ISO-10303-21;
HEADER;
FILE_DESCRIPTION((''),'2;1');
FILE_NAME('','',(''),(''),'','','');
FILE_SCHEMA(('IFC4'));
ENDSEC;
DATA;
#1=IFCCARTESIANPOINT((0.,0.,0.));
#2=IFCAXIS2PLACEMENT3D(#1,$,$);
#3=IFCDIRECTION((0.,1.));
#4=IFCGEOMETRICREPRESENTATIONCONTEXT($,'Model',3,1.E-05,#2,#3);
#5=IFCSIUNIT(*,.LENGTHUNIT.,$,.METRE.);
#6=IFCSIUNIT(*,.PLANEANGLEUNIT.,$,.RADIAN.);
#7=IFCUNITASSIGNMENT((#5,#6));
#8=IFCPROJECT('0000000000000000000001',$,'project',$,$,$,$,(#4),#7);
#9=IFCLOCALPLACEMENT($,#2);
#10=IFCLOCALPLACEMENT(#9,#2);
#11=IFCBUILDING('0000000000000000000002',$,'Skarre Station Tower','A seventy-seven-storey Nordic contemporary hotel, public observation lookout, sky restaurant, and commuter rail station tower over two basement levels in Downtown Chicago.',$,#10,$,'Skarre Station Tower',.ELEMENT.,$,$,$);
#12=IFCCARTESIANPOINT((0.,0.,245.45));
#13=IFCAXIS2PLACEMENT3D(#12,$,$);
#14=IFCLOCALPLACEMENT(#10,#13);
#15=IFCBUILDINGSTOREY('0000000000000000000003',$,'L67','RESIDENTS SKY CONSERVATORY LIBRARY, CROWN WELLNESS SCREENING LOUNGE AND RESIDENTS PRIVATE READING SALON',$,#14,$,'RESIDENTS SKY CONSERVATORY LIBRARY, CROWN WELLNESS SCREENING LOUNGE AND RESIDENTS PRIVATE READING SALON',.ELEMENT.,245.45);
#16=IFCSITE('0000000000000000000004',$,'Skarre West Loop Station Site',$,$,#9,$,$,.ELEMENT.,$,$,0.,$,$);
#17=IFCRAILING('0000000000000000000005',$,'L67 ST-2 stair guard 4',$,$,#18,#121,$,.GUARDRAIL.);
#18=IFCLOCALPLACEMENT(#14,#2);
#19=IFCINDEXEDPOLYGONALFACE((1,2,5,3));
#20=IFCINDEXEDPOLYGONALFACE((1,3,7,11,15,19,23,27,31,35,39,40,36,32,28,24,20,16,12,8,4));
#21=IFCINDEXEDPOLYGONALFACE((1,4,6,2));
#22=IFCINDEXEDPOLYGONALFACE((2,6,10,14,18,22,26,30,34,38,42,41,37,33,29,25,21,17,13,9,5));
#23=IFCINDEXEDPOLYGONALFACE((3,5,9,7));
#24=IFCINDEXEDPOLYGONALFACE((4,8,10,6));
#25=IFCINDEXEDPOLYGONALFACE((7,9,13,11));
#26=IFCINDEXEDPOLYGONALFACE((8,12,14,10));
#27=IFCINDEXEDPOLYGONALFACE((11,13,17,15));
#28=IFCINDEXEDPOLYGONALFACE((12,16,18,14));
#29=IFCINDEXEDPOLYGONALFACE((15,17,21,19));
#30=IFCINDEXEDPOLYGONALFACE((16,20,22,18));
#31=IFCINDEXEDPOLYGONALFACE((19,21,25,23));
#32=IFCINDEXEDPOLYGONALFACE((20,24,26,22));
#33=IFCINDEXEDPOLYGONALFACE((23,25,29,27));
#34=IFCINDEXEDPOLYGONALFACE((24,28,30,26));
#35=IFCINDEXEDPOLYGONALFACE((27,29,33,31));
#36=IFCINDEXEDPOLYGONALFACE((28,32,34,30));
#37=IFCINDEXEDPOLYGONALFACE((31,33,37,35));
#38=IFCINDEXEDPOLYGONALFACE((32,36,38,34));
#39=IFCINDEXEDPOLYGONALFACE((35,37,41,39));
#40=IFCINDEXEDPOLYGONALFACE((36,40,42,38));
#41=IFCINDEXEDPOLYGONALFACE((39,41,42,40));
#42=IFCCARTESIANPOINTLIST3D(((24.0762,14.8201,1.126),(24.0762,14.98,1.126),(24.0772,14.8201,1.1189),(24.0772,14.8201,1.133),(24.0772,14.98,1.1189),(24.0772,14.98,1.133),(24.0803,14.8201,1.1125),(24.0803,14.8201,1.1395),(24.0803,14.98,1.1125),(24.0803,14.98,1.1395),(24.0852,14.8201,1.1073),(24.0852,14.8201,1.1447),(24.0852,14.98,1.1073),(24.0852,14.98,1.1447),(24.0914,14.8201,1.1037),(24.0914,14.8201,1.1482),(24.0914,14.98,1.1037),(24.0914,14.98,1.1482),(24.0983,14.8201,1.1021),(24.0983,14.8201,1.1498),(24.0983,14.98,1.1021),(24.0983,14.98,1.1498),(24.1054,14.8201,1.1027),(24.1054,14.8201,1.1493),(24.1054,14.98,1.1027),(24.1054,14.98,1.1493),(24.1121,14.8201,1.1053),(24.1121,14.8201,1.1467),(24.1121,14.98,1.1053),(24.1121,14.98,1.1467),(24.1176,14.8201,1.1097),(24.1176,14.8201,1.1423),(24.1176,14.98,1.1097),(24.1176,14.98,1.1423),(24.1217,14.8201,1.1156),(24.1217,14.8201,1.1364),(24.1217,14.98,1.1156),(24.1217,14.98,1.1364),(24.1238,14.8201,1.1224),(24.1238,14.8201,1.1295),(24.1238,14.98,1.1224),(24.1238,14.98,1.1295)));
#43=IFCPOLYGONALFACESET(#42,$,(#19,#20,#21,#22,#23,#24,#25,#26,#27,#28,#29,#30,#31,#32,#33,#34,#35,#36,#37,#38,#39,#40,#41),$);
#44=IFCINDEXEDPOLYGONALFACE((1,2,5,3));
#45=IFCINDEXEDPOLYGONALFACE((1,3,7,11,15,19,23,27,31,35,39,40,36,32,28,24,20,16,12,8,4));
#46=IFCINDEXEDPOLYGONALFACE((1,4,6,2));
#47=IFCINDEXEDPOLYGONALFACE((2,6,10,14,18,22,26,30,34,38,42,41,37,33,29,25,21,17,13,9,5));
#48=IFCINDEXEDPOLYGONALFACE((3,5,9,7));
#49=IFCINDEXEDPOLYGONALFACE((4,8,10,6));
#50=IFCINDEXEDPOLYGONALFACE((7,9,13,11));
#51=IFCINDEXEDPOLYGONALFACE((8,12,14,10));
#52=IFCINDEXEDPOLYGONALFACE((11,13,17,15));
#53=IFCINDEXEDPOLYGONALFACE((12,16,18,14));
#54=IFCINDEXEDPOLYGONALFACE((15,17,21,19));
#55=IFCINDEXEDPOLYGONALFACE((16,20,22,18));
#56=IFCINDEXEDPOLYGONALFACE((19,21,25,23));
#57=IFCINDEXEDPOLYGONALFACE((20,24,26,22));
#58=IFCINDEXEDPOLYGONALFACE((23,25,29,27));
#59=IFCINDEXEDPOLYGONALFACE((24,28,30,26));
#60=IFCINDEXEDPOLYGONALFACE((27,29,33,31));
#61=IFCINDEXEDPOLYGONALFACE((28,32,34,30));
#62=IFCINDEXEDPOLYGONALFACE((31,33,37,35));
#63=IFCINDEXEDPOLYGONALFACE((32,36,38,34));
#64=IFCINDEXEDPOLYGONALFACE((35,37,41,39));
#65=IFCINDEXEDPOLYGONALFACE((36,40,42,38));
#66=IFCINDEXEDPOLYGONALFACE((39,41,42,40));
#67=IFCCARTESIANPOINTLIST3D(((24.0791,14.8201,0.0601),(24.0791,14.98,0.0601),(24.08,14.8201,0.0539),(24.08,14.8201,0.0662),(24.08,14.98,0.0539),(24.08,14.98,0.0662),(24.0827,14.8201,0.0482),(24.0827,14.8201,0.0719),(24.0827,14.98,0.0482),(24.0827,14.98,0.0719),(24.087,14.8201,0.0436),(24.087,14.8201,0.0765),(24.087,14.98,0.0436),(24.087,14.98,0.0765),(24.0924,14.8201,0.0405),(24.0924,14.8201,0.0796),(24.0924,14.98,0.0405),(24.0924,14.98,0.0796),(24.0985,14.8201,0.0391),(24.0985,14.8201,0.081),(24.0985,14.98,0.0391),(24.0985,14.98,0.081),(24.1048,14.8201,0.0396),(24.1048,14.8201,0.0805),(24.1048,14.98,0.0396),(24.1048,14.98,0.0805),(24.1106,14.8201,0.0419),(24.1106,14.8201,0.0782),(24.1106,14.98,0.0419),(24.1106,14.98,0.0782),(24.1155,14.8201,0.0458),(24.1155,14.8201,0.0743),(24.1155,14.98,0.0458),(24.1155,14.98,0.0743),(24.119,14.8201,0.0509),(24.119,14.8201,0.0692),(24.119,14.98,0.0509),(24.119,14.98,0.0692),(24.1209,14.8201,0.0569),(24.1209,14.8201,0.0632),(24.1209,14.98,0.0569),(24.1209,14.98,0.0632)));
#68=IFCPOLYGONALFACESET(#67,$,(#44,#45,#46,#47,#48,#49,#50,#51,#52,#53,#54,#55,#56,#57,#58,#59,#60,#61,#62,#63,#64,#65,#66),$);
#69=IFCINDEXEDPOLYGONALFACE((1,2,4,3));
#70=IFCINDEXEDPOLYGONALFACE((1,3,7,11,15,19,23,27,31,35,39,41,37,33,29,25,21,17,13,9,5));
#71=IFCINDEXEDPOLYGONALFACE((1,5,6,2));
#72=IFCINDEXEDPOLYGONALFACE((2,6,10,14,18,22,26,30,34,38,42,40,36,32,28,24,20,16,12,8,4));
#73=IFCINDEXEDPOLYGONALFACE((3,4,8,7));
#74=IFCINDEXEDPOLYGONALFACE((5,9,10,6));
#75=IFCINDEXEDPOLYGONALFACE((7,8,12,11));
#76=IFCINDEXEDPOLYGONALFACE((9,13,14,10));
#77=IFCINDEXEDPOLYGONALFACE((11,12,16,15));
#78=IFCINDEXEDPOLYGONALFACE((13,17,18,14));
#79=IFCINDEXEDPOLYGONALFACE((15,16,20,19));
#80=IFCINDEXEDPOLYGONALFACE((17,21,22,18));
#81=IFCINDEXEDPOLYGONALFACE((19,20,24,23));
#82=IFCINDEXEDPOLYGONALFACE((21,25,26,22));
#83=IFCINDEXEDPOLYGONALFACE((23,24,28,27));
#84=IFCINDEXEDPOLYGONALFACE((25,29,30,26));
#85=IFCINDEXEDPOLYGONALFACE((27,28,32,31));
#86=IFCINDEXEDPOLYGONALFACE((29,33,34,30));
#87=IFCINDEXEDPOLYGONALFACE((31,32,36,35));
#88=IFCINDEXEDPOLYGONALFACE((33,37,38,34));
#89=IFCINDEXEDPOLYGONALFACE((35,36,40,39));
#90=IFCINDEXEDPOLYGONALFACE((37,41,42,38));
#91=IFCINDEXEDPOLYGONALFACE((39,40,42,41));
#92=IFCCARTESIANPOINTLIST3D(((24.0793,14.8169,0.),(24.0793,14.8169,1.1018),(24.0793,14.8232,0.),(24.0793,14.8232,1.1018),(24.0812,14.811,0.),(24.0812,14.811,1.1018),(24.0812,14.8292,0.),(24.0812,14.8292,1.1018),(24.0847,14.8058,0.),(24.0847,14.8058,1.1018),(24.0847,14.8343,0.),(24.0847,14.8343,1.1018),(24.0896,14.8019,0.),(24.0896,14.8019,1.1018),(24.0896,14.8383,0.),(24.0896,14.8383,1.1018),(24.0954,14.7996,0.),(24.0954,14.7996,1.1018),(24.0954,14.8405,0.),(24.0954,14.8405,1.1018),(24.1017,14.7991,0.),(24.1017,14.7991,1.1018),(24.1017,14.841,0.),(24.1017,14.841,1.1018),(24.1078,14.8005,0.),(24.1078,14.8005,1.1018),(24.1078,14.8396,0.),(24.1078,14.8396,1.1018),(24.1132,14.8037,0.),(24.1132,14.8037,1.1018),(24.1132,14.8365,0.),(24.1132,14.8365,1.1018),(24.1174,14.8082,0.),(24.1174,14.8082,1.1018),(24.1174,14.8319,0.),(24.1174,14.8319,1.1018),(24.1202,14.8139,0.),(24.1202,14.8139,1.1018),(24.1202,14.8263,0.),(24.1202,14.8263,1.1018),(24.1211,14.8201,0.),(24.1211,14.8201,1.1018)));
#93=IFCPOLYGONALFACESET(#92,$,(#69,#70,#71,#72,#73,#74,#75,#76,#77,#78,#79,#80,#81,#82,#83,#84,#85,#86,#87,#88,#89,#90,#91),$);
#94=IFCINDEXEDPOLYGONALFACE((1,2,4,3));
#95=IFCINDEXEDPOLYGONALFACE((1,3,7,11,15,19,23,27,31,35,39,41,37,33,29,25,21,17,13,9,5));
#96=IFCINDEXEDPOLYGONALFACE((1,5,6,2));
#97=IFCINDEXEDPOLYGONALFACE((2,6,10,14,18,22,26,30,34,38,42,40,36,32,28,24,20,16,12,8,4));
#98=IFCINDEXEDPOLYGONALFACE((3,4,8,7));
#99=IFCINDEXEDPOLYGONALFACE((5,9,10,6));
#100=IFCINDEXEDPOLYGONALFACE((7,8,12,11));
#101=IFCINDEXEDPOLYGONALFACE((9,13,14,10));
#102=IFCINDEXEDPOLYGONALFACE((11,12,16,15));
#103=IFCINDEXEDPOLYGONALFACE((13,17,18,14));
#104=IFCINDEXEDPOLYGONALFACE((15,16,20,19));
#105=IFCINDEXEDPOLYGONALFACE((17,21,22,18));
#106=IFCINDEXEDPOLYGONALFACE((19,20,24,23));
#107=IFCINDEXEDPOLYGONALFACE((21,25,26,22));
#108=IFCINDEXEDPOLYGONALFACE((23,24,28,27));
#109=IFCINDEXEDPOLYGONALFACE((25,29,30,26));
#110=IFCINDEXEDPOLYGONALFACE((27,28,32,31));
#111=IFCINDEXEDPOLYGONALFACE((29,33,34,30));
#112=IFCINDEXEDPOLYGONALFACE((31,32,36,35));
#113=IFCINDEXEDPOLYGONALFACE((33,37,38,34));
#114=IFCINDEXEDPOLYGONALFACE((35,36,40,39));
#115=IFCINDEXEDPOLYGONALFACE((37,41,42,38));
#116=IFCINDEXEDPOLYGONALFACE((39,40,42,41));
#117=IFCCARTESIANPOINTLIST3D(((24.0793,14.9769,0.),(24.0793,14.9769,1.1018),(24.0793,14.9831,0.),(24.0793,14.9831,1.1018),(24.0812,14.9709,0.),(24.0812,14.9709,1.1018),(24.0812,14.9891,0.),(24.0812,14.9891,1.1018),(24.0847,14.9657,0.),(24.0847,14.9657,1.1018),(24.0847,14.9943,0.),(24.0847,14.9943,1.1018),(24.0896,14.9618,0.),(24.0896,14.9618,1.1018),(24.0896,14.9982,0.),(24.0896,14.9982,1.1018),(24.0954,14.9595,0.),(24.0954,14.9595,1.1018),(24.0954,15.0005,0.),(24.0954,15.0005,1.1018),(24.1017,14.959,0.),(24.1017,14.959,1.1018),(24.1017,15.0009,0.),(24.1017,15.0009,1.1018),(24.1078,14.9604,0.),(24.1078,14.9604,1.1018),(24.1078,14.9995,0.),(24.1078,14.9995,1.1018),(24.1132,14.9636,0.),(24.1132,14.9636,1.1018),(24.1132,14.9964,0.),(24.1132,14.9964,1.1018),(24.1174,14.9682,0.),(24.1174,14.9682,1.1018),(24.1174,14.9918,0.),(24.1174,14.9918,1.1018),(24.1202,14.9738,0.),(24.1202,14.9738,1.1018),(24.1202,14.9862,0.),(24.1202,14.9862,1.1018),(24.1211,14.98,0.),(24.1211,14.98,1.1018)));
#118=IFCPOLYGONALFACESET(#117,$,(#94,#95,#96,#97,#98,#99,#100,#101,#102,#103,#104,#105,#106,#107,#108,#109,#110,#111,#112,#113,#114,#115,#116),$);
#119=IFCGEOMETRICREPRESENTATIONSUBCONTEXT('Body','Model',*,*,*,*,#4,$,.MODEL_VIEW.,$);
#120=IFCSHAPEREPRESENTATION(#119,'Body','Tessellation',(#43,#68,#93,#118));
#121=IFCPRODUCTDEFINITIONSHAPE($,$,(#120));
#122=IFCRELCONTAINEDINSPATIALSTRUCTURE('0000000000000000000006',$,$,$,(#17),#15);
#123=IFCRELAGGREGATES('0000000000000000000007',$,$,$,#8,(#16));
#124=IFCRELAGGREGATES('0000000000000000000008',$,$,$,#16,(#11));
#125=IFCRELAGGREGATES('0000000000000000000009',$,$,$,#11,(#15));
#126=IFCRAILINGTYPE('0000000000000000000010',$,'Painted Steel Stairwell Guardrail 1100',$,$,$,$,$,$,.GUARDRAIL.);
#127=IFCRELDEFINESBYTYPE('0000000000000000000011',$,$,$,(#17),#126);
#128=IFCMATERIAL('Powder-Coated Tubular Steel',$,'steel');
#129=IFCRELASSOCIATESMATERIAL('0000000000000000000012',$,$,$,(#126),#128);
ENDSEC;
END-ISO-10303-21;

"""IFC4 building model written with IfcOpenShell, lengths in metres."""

from ifc_helpers import new_model, si_unit, direction, frame, origin, origin_2d, place, context, subcontext, project, spatial, circle, extrude, material, type_object, element, save


model = new_model("IFC4")

# Units and contexts
model_context = context("Model", 3, precision=1e-05, world=origin(), true_north=direction((0.0, 1.0)))
body_context = subcontext(model_context, "Body", "Model", "MODEL_VIEW")
ifc_project = project(units=[si_unit("LENGTHUNIT", "METRE"), si_unit("PLANEANGLEUNIT", "RADIAN")], contexts=[model_context])

# Site, building, storey
site_placement = place(None, origin())
site = spatial("IfcSite", under=ifc_project, at=site_placement, Name="Skarre West Loop Station Site", CompositionType="ELEMENT", RefElevation=0.0)
building_placement = place(site_placement, origin())
building = spatial("IfcBuilding", under=site, at=building_placement, Name="Skarre Station Tower", Description="A seventy-seven-storey Nordic contemporary hotel, public observation lookout, sky restaurant, and commuter rail station tower over two basement levels in Downtown Chicago.", LongName="Skarre Station Tower", CompositionType="ELEMENT")
storey_placement = place(building_placement, frame((0.0, 0.0, 245.45)))
storey = spatial("IfcBuildingStorey", under=building, at=storey_placement, Name="L67", Description="RESIDENTS SKY CONSERVATORY LIBRARY, CROWN WELLNESS SCREENING LOUNGE AND RESIDENTS PRIVATE READING SALON", LongName="RESIDENTS SKY CONSERVATORY LIBRARY, CROWN WELLNESS SCREENING LOUNGE AND RESIDENTS PRIVATE READING SALON", CompositionType="ELEMENT", Elevation=245.45)

# Railing
ifc_material_1 = material(Name="Powder-Coated Tubular Steel", Category="steel")
railing_type_1 = type_object("IfcRailingType", Name="Painted Steel Stairwell Guardrail 1100", PredefinedType="GUARDRAIL", material=ifc_material_1)
railing_1_placement = place(storey_placement, frame((24.1001, 14.8201, 0.0)))
element("IfcRailing", 1, at=railing_1_placement, inside=storey, type_object=railing_type_1, Name="L67 ST-2 stair guard 4", PredefinedType="GUARDRAIL", context=body_context, shape_type="SweptSolid", body=[
    extrude(circle(Radius=0.0239, at=origin_2d()), frame((0.0, 0.0, 1.126), z_axis=(0.0, 1.0, 0.0), x_axis=(-1.0, 0.0, 0.0)), (0.0, 0.0, 1.0), 0.1599),
    extrude(circle(Radius=0.021, at=origin_2d()), frame((0.0, 0.0, 0.0601), z_axis=(0.0, 1.0, 0.0), x_axis=(-1.0, 0.0, 0.0)), (0.0, 0.0, 1.0), 0.1599),
    extrude(circle(Radius=0.021, at=origin_2d()), origin(), (0.0, 0.0, 1.0), 1.1018),
    extrude(circle(Radius=0.021, at=origin_2d()), frame((0.0, 0.1599, 0.0)), (0.0, 0.0, 1.0), 1.1018),
])

save(model, "model.ifc")
